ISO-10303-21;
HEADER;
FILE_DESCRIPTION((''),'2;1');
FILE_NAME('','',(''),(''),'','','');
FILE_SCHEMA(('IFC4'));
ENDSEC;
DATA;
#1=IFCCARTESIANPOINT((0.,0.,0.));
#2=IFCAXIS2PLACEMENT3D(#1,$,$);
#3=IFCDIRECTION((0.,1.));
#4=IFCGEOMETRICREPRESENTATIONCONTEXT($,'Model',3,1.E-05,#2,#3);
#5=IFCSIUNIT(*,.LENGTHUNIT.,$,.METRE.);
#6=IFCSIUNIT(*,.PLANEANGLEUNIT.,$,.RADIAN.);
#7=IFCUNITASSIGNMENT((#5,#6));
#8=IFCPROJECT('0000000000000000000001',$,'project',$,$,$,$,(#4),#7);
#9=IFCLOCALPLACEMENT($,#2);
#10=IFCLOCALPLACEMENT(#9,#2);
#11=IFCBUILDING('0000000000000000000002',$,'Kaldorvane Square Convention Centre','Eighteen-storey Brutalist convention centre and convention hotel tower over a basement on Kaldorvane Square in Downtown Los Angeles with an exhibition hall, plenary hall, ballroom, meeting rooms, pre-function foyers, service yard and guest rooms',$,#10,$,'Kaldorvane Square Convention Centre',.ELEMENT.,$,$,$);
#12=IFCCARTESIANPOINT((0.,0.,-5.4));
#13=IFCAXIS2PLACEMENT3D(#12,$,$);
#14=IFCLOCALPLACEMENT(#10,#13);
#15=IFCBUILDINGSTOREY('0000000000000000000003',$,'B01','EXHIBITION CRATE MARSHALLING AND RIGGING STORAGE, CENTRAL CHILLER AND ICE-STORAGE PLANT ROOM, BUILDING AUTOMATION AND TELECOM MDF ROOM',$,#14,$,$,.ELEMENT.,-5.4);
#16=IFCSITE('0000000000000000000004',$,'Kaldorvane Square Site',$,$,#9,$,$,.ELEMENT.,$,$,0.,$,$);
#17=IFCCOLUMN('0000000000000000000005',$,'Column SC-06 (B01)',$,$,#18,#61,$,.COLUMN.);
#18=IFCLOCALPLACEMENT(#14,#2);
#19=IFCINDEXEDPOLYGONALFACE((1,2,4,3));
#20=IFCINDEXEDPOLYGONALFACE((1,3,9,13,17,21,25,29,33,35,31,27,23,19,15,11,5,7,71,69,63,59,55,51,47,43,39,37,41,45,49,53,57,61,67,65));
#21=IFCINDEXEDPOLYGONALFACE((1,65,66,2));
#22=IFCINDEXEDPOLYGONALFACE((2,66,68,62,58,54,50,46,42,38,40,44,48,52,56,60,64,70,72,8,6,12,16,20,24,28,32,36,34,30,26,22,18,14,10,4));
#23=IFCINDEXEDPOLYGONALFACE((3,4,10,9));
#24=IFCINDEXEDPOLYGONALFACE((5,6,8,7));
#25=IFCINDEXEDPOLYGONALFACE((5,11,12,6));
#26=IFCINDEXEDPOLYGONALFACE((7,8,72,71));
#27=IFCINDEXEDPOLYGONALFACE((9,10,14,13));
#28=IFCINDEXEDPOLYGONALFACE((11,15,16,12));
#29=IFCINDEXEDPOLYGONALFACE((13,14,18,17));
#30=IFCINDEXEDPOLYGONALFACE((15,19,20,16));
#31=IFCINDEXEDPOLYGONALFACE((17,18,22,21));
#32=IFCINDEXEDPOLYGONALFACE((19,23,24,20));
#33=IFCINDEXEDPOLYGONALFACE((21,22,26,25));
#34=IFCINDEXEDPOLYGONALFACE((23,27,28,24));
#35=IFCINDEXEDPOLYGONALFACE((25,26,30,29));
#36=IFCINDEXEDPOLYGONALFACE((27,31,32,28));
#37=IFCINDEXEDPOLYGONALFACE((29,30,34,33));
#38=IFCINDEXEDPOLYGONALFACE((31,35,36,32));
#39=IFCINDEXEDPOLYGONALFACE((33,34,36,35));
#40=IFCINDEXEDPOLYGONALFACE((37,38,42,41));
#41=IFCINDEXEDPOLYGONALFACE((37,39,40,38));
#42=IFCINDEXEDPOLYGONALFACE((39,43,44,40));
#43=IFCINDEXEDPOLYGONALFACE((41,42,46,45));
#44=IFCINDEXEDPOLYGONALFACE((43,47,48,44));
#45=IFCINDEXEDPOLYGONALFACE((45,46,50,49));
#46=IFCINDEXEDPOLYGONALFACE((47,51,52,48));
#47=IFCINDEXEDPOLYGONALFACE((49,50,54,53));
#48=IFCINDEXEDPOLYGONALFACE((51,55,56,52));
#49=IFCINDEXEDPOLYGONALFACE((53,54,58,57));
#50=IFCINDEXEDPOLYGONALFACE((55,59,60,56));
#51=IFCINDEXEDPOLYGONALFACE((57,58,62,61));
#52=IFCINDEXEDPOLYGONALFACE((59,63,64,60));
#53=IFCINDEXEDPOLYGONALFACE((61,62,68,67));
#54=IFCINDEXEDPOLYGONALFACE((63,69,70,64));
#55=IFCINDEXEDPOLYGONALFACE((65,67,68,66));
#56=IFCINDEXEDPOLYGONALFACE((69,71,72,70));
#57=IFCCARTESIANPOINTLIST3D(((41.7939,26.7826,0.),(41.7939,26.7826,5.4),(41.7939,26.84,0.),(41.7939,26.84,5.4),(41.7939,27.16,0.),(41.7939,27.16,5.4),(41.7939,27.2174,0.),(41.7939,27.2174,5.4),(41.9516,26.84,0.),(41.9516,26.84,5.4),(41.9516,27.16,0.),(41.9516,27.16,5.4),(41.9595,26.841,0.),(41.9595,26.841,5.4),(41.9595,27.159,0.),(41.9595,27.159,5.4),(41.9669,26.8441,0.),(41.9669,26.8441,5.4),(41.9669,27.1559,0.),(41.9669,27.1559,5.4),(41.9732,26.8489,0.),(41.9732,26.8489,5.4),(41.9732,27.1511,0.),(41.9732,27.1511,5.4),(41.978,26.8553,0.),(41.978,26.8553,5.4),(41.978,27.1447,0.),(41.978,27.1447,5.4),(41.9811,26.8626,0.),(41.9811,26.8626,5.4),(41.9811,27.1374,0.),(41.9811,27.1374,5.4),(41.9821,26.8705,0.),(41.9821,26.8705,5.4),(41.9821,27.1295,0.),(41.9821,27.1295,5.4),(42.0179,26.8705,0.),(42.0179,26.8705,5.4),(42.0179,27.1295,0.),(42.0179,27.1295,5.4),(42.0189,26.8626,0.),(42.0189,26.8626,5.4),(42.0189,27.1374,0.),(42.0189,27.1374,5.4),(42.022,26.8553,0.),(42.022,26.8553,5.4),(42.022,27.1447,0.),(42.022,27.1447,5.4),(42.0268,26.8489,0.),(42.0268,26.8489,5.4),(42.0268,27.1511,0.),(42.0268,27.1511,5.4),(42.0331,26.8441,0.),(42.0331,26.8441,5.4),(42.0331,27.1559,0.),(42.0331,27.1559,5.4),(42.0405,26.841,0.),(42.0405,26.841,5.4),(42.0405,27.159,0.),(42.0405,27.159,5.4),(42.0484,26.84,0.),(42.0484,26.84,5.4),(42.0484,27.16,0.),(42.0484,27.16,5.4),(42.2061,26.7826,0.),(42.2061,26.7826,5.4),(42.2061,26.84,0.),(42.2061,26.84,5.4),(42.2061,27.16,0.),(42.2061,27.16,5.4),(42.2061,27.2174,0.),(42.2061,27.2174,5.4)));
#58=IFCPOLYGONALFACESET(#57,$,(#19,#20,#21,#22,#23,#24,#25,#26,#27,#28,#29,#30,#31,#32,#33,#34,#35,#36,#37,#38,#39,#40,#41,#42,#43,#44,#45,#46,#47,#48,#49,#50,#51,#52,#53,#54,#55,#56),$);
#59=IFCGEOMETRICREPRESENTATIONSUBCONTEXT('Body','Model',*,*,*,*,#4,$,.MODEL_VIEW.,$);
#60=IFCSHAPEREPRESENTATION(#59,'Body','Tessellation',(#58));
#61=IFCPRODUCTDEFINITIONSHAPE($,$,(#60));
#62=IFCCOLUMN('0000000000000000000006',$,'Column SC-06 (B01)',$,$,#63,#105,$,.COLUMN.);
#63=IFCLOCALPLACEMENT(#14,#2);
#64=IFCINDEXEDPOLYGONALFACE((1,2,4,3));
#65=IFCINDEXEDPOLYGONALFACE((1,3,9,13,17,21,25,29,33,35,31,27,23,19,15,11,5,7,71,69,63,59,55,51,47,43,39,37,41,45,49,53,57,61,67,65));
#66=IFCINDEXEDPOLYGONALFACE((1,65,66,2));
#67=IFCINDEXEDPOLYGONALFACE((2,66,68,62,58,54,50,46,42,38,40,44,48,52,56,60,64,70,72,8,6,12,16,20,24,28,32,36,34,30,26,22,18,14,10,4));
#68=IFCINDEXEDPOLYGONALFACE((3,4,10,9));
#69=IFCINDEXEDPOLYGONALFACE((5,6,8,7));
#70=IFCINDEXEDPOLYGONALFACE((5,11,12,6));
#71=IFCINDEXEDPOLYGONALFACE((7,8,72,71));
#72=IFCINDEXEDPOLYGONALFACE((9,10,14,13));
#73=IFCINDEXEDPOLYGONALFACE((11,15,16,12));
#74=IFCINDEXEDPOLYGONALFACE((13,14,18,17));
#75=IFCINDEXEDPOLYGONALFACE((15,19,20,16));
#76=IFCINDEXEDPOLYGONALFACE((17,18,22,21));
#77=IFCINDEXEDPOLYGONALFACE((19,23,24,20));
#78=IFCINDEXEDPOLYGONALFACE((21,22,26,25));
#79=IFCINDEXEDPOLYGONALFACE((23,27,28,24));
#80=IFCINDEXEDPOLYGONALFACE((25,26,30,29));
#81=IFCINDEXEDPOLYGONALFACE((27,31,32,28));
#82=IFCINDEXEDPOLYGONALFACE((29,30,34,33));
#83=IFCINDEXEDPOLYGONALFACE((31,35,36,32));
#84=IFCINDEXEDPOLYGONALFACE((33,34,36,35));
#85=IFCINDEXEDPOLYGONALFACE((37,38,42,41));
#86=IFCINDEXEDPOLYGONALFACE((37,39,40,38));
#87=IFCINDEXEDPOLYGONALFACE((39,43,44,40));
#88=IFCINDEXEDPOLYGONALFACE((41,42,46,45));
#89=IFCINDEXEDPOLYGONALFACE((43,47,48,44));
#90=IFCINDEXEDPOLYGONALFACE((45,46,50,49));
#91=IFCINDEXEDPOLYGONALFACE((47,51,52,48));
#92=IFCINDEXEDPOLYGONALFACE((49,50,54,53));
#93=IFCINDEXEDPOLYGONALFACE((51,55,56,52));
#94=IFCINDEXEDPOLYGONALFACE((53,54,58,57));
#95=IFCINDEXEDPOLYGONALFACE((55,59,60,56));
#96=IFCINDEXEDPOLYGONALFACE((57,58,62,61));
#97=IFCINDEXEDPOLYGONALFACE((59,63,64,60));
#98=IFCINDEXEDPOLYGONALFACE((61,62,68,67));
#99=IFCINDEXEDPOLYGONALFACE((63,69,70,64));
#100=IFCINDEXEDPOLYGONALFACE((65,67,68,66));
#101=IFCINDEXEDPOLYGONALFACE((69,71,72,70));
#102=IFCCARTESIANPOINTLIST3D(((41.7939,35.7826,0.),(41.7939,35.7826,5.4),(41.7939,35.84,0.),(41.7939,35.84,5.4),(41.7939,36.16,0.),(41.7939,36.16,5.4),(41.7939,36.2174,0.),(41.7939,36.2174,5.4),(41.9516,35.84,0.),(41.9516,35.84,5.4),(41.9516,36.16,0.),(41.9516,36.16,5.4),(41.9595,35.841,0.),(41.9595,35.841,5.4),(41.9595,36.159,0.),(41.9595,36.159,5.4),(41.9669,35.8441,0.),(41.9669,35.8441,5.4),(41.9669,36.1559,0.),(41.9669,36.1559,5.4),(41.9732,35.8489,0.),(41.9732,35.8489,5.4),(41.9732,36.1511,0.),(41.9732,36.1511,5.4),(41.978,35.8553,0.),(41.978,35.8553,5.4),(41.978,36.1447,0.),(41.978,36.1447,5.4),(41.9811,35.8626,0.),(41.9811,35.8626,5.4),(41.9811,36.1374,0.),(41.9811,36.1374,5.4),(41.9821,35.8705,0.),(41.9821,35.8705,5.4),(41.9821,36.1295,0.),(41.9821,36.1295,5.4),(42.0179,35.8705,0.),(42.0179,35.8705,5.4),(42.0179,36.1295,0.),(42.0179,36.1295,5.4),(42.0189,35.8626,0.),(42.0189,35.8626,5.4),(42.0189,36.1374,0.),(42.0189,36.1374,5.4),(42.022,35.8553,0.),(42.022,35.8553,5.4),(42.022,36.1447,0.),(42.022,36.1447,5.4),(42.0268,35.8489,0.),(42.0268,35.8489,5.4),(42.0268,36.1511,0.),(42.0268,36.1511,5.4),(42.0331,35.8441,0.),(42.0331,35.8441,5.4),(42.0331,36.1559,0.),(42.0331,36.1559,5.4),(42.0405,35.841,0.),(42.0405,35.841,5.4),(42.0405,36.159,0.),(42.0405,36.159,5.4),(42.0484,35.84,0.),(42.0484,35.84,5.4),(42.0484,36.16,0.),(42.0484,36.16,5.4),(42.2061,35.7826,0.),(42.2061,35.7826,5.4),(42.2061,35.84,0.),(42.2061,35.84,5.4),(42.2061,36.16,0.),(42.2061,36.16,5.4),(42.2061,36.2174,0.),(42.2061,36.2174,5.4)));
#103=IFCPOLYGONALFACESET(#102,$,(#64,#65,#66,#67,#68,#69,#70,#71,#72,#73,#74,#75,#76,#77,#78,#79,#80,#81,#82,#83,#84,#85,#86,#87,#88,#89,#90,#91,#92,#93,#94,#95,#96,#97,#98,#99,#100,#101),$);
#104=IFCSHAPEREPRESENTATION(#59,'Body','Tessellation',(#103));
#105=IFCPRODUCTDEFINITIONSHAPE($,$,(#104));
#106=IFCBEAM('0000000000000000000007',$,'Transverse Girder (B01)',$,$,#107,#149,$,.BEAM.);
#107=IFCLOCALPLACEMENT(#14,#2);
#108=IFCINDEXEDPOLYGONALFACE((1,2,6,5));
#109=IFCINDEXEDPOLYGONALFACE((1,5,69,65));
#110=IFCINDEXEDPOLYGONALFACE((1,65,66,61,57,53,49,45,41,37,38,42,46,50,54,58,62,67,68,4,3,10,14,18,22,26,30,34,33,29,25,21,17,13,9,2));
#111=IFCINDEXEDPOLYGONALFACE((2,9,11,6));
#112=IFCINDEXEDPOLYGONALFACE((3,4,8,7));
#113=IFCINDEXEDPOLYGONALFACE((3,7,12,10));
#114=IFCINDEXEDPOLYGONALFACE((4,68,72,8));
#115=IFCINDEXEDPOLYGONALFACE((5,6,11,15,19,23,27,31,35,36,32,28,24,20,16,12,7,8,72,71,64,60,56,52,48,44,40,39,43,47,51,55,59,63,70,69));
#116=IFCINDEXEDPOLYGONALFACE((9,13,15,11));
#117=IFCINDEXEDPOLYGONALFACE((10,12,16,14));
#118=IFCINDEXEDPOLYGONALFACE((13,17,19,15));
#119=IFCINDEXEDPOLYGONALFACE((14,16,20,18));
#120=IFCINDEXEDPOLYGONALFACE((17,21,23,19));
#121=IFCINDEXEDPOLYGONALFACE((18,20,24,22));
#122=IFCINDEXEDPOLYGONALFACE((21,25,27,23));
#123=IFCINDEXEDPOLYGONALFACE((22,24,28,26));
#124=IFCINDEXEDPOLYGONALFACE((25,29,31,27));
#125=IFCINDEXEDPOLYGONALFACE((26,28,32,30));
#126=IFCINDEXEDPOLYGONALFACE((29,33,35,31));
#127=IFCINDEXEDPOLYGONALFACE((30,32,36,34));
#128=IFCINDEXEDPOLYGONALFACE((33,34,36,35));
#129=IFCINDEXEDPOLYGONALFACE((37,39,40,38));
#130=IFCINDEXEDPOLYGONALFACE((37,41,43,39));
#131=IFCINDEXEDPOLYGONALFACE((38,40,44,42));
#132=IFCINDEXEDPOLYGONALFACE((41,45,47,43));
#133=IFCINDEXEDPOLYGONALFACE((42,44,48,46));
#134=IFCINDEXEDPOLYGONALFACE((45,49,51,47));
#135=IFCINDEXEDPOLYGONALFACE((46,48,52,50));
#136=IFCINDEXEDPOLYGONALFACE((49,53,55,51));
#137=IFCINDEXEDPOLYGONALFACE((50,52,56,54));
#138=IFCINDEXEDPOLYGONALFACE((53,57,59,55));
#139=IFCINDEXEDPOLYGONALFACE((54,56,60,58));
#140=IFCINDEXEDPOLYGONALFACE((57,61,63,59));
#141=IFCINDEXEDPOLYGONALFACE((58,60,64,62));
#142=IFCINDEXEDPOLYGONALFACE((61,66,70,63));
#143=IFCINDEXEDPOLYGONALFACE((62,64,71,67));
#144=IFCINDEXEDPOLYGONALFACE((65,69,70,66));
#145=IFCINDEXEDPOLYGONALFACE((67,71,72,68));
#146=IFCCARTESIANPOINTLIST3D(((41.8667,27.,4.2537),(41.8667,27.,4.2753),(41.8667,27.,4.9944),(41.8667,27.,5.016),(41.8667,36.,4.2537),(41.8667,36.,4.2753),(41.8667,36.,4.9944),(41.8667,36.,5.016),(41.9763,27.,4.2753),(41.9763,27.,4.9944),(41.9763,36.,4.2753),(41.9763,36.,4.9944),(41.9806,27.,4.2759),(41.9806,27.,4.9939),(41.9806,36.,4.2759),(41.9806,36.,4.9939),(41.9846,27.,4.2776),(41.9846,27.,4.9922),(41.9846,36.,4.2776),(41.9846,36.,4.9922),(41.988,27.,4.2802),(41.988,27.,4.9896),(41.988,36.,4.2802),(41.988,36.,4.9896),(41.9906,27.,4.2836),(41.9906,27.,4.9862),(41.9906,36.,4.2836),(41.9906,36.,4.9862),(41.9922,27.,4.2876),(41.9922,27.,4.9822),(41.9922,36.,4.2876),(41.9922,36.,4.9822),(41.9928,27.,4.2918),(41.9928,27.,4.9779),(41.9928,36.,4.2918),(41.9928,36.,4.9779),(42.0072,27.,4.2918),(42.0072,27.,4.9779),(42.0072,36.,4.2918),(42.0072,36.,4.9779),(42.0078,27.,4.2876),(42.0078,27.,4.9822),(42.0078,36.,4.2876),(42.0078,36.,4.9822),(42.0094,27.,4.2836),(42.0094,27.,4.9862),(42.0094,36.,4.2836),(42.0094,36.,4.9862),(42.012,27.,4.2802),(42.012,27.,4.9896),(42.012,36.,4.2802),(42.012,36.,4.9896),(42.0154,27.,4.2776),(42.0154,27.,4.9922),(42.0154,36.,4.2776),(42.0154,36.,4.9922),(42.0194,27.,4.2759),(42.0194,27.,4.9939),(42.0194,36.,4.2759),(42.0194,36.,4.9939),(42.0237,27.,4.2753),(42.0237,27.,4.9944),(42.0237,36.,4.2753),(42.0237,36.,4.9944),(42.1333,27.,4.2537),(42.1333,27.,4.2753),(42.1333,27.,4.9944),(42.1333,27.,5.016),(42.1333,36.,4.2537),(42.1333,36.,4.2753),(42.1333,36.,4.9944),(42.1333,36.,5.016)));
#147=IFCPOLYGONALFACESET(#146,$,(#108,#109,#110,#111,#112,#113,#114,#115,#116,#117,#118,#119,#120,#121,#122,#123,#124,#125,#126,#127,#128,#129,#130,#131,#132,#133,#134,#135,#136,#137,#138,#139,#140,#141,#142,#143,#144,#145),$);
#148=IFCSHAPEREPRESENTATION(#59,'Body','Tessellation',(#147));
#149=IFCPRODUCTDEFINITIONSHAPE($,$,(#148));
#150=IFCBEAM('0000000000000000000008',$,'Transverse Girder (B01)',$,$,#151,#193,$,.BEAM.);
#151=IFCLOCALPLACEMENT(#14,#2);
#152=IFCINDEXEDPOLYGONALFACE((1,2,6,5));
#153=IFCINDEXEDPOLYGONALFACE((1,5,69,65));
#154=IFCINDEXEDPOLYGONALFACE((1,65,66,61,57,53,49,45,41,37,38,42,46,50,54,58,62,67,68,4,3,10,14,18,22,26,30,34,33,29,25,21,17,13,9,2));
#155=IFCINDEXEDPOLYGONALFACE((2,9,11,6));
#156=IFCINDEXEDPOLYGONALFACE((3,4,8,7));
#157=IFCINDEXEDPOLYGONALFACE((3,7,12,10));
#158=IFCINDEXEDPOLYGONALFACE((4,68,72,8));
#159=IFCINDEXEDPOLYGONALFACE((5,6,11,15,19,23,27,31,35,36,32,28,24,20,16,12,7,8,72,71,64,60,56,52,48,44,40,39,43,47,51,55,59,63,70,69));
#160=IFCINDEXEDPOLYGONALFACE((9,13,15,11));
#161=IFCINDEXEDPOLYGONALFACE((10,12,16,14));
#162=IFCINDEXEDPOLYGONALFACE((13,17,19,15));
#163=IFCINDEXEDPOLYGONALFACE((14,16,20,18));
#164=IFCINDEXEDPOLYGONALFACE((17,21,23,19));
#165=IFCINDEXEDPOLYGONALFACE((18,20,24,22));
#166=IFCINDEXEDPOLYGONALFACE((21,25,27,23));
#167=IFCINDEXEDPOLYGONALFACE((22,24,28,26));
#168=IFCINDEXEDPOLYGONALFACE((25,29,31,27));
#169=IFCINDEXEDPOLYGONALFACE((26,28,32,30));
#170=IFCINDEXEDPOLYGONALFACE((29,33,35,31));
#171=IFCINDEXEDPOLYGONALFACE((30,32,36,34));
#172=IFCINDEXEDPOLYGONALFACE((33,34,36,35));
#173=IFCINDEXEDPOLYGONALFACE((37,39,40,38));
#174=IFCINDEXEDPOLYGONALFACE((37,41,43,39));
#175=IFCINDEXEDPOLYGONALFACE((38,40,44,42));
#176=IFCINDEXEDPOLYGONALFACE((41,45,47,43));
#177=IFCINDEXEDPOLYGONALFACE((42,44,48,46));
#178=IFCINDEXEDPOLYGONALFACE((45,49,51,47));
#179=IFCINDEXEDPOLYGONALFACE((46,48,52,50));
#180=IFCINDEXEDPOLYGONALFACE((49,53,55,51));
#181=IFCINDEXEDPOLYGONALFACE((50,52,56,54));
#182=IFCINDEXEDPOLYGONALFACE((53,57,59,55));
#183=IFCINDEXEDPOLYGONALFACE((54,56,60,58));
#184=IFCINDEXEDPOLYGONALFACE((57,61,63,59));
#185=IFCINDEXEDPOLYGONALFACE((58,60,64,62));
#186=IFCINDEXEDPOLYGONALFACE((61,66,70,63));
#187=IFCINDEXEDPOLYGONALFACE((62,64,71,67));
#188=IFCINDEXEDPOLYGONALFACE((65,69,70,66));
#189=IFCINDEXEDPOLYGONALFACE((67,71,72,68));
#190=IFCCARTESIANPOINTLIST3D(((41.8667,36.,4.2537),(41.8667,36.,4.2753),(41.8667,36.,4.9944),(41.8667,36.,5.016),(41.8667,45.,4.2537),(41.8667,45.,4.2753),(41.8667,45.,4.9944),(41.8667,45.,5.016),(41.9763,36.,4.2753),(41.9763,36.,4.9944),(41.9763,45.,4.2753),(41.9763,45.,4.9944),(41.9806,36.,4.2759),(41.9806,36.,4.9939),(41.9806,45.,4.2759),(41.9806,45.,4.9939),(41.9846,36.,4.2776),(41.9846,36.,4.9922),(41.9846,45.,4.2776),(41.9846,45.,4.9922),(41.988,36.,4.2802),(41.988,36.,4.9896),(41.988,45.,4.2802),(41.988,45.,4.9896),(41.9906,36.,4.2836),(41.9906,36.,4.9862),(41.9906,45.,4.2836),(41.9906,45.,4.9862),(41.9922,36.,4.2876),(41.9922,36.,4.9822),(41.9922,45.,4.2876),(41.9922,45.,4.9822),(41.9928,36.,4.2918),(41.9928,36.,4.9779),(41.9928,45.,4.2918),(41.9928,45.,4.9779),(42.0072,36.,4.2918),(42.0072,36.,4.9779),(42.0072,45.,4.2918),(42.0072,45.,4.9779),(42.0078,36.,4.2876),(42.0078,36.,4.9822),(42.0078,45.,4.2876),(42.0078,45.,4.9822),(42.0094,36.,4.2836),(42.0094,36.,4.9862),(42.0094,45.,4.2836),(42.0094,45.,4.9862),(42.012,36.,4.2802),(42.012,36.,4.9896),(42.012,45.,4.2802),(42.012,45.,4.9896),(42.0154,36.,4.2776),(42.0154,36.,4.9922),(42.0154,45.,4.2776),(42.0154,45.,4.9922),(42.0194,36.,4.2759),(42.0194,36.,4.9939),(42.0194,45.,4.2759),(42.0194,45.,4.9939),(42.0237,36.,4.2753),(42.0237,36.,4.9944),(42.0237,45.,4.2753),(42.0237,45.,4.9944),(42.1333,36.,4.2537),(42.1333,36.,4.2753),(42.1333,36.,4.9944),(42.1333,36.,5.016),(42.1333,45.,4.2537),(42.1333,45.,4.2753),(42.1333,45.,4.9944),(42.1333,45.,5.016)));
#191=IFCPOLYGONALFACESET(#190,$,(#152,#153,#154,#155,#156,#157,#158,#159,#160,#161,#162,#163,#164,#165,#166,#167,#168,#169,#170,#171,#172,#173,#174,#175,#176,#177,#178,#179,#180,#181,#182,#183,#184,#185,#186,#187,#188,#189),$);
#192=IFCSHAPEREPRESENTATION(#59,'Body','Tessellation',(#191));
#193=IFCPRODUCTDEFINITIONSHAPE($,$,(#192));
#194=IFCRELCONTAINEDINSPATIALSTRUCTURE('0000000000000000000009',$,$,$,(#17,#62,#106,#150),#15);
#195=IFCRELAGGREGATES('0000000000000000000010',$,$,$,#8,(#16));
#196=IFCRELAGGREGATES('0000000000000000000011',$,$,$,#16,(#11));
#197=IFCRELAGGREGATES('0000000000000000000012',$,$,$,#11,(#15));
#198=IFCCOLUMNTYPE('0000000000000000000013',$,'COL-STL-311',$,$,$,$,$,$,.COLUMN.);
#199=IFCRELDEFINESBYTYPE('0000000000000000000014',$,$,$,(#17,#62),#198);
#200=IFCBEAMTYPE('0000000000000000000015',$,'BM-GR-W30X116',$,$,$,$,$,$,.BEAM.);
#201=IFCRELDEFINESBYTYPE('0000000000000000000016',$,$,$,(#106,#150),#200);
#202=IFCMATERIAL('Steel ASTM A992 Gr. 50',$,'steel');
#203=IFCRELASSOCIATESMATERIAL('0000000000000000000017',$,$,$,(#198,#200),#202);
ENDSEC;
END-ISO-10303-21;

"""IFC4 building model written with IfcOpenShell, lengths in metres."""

from ifc_helpers import new_model, si_unit, direction, frame, origin, origin_2d, place, context, subcontext, project, spatial, i_section, extrude, material, material_profile, profile_set, type_object, element, save


model = new_model("IFC4")

# Units and contexts
model_context = context("Model", 3, precision=1e-05, world=origin(), true_north=direction((0.0, 1.0)))
body_context = subcontext(model_context, "Body", "Model", "MODEL_VIEW")
ifc_project = project(units=[si_unit("LENGTHUNIT", "METRE"), si_unit("PLANEANGLEUNIT", "RADIAN")], contexts=[model_context])

# Site, building, storey
site_placement = place(None, origin())
site = spatial("IfcSite", under=ifc_project, at=site_placement, Name="Kaldorvane Square Site", CompositionType="ELEMENT", RefElevation=0.0)
building_placement = place(site_placement, origin())
building = spatial("IfcBuilding", under=site, at=building_placement, Name="Kaldorvane Square Convention Centre", Description="Eighteen-storey Brutalist convention centre and convention hotel tower over a basement on Kaldorvane Square in Downtown Los Angeles with an exhibition hall, plenary hall, ballroom, meeting rooms, pre-function foyers, service yard and guest rooms", LongName="Kaldorvane Square Convention Centre", CompositionType="ELEMENT")
storey_placement = place(building_placement, frame((0.0, 0.0, -5.4)))
storey = spatial("IfcBuildingStorey", under=building, at=storey_placement, Name="B01", Description="EXHIBITION CRATE MARSHALLING AND RIGGING STORAGE, CENTRAL CHILLER AND ICE-STORAGE PLANT ROOM, BUILDING AUTOMATION AND TELECOM MDF ROOM", CompositionType="ELEMENT", Elevation=-5.4)

# Columns
ifc_material_1 = material(Name="Steel ASTM A992 Gr. 50", Category="steel")
ifc_material_profile_1 = material_profile(ifc_material_1, i_section(OverallWidth=0.4122, OverallDepth=0.4348, WebThickness=0.0358, FlangeThickness=0.0574, FilletRadius=0.0305, at=origin_2d()), Name="W14X311")
ifc_profile_set_1 = profile_set([ifc_material_profile_1], Name="Steel ASTM A992 Gr. 50")
column_type = type_object("IfcColumnType", Name="COL-STL-311", PredefinedType="COLUMN", material=ifc_profile_set_1)
for number, where, z_axis, x_axis, name in (
    (1, (42.0, 27.0, 0.0), (0.0, 0.0, 1.0), (1.0, 0.0, 0.0), "Column SC-06 (B01)"),
    (2, (42.0, 36.0, 0.0), (0.0, 0.0, 1.0), (1.0, 0.0, 0.0), "Column SC-06 (B01)"),
):
    element("IfcColumn", number, at=place(storey_placement, frame(where, z_axis=z_axis, x_axis=x_axis)), inside=storey, type_object=column_type, Name=name, PredefinedType="COLUMN", context=body_context, shape_type="SweptSolid", body=[
        extrude(i_section(OverallWidth=0.4122, OverallDepth=0.4348, WebThickness=0.0358, FlangeThickness=0.0574, FilletRadius=0.0305, at=origin_2d()), origin(), (0.0, 0.0, 1.0), 5.4),
    ])

# Beams
ifc_material_profile_2 = material_profile(ifc_material_1, i_section(OverallWidth=0.2666, OverallDepth=0.7623, WebThickness=0.0144, FlangeThickness=0.0216, FilletRadius=0.0165, at=origin_2d()), Name="W30X116")
ifc_profile_set_2 = profile_set([ifc_material_profile_2], Name="Steel ASTM A992 Gr. 50")
beam_type_1 = type_object("IfcBeamType", Name="BM-GR-W30X116", PredefinedType="BEAM", material=ifc_profile_set_2)
for number, where, z_axis, x_axis, name in (
    (3, (42.0, 27.0, 4.6349), (0.0, 1.0, 0.0), (-1.0, 0.0, 0.0), "Transverse Girder (B01)"),
    (4, (42.0, 36.0, 4.6349), (0.0, 1.0, 0.0), (-1.0, 0.0, 0.0), "Transverse Girder (B01)"),
):
    element("IfcBeam", number, at=place(storey_placement, frame(where, z_axis=z_axis, x_axis=x_axis)), inside=storey, type_object=beam_type_1, Name=name, PredefinedType="BEAM", context=body_context, shape_type="SweptSolid", body=[
        extrude(i_section(OverallWidth=0.2666, OverallDepth=0.7623, WebThickness=0.0144, FlangeThickness=0.0216, FilletRadius=0.0165, at=origin_2d()), origin(), (0.0, 0.0, 1.0), 9.0),
    ])

save(model, "model.ifc")
